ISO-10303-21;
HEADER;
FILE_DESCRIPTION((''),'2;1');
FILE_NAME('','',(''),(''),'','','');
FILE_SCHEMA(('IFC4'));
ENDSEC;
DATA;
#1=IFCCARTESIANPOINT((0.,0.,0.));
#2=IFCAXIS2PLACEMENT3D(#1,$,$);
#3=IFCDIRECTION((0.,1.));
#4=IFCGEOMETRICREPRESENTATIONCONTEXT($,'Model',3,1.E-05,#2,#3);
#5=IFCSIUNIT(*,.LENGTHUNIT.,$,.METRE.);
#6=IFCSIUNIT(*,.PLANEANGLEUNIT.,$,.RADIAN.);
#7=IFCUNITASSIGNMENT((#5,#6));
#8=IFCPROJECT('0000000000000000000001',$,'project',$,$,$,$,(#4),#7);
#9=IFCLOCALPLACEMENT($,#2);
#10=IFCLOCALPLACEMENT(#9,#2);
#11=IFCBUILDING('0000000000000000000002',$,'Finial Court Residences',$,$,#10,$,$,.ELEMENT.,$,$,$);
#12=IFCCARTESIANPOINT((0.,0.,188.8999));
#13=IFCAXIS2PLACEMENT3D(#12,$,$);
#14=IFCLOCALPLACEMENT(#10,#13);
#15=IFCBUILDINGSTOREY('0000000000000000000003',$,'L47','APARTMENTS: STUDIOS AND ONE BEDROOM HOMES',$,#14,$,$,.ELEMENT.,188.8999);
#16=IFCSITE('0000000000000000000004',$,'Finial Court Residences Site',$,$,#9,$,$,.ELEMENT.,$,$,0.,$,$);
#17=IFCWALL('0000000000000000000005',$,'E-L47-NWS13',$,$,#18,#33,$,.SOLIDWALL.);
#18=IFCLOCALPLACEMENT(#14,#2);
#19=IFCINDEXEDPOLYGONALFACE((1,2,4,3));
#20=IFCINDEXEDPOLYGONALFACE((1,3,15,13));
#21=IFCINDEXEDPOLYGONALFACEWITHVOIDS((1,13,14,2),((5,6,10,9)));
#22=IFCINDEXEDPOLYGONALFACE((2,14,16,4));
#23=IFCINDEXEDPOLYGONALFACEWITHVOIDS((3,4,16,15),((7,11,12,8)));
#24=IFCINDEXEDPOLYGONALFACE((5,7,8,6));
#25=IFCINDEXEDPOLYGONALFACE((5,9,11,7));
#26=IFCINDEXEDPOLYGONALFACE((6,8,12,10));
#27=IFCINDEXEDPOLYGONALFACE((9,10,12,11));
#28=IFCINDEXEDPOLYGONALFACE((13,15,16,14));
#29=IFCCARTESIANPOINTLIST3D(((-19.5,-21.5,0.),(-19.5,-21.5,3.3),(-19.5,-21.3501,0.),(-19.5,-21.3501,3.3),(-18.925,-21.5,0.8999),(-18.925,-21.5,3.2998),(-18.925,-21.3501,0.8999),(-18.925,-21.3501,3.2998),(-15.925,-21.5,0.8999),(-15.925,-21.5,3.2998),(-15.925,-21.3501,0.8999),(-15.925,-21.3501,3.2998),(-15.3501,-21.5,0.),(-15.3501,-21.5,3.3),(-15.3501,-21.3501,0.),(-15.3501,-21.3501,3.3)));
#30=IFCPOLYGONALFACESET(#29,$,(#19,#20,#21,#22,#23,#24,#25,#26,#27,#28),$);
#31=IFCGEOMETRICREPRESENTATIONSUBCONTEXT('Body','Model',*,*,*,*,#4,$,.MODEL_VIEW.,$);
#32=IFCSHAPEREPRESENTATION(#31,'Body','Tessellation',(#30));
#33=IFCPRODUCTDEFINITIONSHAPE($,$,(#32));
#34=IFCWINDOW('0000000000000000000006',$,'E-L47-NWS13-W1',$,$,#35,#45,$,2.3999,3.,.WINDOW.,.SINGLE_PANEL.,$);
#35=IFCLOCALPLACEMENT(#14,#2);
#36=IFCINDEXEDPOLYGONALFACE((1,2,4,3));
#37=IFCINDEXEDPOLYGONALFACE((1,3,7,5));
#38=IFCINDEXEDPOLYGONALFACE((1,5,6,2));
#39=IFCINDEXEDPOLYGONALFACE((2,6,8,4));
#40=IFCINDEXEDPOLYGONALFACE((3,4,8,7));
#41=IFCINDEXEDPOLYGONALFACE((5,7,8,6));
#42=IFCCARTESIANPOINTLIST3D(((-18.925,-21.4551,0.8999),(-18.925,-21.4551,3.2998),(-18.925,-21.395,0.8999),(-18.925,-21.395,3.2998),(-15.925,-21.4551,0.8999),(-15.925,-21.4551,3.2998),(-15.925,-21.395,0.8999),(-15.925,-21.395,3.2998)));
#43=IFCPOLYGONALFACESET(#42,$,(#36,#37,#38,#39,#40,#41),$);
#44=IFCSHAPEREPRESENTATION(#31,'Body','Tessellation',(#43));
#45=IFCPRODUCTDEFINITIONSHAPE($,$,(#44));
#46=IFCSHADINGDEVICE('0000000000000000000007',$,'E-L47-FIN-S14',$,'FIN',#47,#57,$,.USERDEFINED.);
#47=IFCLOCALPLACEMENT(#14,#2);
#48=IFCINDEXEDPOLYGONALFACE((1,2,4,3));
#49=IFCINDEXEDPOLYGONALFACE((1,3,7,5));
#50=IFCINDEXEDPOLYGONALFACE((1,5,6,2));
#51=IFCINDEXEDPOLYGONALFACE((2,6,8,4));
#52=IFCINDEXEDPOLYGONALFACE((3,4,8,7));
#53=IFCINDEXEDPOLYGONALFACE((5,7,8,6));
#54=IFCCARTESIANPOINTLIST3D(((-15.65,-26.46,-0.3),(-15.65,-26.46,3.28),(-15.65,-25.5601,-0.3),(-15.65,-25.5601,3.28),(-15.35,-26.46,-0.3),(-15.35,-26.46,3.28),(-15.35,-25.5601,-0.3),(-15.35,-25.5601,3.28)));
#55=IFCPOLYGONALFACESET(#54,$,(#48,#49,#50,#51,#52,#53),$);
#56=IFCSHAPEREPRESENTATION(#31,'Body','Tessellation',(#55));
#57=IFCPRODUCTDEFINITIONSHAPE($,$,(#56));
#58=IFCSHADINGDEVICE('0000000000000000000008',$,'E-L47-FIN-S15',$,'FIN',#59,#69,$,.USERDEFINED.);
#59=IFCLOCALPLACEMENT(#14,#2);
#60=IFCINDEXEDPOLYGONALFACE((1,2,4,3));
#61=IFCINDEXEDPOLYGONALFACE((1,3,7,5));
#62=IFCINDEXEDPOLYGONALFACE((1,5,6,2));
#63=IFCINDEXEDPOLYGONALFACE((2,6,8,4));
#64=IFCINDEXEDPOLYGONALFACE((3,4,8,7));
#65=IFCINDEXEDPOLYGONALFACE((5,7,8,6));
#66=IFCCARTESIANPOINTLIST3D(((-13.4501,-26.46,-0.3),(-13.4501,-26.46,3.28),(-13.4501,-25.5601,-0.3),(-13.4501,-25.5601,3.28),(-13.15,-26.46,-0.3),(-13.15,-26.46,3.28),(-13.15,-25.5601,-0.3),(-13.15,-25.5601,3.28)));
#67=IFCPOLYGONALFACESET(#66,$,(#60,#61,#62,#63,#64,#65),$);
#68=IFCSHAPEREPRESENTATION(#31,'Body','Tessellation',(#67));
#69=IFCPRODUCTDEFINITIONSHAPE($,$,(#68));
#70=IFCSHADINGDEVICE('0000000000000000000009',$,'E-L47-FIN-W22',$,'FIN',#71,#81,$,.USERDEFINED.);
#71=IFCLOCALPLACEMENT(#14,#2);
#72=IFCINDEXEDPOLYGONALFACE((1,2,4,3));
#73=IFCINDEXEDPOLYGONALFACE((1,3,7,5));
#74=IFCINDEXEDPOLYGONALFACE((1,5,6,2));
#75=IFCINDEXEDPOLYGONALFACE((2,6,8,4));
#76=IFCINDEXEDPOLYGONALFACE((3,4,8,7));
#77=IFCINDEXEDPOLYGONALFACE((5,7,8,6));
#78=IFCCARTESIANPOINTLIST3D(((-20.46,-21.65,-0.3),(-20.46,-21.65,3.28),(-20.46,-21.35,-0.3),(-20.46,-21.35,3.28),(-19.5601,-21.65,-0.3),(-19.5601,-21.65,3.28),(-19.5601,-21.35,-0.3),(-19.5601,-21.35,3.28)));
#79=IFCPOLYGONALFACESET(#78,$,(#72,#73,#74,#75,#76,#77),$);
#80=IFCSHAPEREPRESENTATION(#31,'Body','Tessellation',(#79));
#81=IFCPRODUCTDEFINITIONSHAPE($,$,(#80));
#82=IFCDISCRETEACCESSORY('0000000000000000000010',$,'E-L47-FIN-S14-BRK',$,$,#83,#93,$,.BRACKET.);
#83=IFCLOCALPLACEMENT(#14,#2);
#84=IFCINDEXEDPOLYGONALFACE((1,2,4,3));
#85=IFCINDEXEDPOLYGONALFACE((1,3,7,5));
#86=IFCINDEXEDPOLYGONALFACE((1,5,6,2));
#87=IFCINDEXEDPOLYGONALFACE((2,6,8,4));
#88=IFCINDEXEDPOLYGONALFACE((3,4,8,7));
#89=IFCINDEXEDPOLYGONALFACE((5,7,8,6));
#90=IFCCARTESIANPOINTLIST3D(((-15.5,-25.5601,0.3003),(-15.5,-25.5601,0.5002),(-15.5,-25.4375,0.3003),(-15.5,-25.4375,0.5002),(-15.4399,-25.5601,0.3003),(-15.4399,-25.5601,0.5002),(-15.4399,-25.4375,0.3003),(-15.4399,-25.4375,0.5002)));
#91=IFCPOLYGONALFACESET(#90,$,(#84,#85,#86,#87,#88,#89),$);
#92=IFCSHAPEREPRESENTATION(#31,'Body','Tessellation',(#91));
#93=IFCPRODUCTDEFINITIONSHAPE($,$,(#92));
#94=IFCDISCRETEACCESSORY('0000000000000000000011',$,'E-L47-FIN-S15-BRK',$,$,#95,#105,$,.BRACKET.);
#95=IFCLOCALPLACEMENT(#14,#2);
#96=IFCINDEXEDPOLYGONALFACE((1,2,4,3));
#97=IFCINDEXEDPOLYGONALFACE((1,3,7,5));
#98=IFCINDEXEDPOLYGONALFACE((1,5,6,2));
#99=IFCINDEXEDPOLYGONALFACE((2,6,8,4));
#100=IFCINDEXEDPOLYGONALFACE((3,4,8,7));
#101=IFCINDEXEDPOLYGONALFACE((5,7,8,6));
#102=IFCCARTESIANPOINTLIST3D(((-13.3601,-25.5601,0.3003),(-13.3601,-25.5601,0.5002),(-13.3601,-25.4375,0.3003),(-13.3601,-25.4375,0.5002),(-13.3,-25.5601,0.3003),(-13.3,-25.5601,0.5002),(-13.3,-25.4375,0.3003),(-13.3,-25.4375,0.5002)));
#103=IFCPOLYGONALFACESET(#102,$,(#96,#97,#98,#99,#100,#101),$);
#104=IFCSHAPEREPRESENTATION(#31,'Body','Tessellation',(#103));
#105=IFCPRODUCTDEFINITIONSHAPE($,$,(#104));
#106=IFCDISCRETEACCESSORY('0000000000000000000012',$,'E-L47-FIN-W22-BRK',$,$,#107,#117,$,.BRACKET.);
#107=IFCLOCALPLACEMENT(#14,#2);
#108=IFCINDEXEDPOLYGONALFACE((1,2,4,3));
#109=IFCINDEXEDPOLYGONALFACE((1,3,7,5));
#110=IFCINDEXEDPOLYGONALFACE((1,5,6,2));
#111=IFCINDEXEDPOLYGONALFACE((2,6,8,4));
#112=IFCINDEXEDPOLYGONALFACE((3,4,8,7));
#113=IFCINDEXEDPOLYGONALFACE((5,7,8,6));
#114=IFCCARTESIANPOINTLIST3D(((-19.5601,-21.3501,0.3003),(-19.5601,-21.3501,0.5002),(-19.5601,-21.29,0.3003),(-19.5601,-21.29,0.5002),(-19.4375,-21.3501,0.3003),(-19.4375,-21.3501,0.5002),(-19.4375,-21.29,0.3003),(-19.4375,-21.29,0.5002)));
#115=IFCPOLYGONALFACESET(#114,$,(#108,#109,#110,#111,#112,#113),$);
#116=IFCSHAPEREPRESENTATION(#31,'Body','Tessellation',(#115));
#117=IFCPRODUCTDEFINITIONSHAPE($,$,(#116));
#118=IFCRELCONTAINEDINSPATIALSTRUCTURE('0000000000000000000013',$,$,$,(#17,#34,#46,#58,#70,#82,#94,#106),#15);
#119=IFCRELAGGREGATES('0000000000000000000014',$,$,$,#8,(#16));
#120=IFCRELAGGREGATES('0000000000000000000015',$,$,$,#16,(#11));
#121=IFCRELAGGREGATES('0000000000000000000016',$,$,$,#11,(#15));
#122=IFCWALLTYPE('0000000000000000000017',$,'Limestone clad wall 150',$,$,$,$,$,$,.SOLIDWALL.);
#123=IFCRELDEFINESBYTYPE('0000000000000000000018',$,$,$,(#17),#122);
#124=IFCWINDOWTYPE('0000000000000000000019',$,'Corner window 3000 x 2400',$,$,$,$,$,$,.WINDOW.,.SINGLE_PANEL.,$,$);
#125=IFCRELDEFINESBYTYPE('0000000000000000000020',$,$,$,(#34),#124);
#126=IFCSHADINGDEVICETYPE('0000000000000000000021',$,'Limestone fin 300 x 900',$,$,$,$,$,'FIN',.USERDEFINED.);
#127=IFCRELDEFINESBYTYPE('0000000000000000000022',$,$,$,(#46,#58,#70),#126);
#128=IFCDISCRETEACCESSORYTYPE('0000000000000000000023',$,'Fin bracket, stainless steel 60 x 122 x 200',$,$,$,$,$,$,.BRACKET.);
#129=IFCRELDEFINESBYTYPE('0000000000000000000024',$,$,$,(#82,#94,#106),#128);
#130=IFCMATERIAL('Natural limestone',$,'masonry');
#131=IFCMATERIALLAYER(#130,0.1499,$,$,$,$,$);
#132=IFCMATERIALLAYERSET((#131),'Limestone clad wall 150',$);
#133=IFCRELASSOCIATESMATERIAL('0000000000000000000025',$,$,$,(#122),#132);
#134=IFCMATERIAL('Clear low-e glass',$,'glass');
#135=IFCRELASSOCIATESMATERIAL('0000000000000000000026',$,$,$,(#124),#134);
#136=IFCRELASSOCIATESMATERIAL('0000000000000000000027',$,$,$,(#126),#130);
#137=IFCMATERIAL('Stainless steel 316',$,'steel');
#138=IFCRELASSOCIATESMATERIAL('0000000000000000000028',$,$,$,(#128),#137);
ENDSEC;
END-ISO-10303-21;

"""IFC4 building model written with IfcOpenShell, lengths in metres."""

from ifc_helpers import new_model, si_unit, direction, frame, frame_2d, origin, origin_2d, place, context, subcontext, project, spatial, rectangle, extrude, material, layer, layer_set, type_object, element, fill, save


model = new_model("IFC4")

# Units and contexts
model_context = context("Model", 3, precision=1e-05, world=origin(), true_north=direction((0.0, 1.0)))
body_context = subcontext(model_context, "Body", "Model", "MODEL_VIEW")
ifc_project = project(units=[si_unit("LENGTHUNIT", "METRE"), si_unit("PLANEANGLEUNIT", "RADIAN")], contexts=[model_context])

# Site, building, storey
site_placement = place(None, origin())
site = spatial("IfcSite", under=ifc_project, at=site_placement, Name="Finial Court Residences Site", CompositionType="ELEMENT", RefElevation=0.0)
building_placement = place(site_placement, origin())
building = spatial("IfcBuilding", under=site, at=building_placement, Name="Finial Court Residences", CompositionType="ELEMENT")
storey_placement = place(building_placement, frame((0.0, 0.0, 188.8999)))
storey = spatial("IfcBuildingStorey", under=building, at=storey_placement, Name="L47", Description="APARTMENTS: STUDIOS AND ONE BEDROOM HOMES", CompositionType="ELEMENT", Elevation=188.8999)

# Shared definitions
ifc_material_1 = material(Name="Clear low-e glass", Category="glass")

# Wall, opening, window
ifc_material_2 = material(Name="Natural limestone", Category="masonry")
ifc_layer_1 = layer(ifc_material_2, 0.1499)
ifc_layer_set_1 = layer_set([ifc_layer_1], Name="Limestone clad wall 150")
wall_type_1 = type_object("IfcWallType", Name="Limestone clad wall 150", PredefinedType="SOLIDWALL", material=ifc_layer_set_1)
wall_1_placement = place(storey_placement, frame((-15.3501, -21.425, 0.0), z_axis=(0.0, 0.0, 1.0), x_axis=(-1.0, 0.0, 0.0)))
wall_1 = element("IfcWall", 1, at=wall_1_placement, inside=storey, type_object=wall_type_1, Name="E-L47-NWS13", PredefinedType="SOLIDWALL", context=body_context, shape_type="SweptSolid", body=[
    extrude(rectangle(XDim=4.1499, YDim=0.1499, at=frame_2d((2.075, 0.0))), origin(), (0.0, 0.0, 1.0), 3.3),
])
opening_1_placement = place(wall_1_placement, frame((0.575, 0.0, 0.8999)))
opening_1 = element("IfcOpeningElement", 2, at=opening_1_placement, cuts=wall_1, PredefinedType="OPENING", context=body_context, shape_type="SweptSolid", body=[
    extrude(rectangle(XDim=3.0, YDim=2.3999, at=frame_2d((1.5, 1.2))), frame((0.0, 0.085, 0.0), z_axis=(0.0, -1.0, 0.0), x_axis=(1.0, 0.0, 0.0)), (0.0, 0.0, 1.0), 0.1699),
])
window_type_1 = type_object("IfcWindowType", Name="Corner window 3000 x 2400", PartitioningType="SINGLE_PANEL", PredefinedType="WINDOW", material=ifc_material_1)
window_1_placement = place(opening_1_placement, origin())
window_1 = element("IfcWindow", 3, at=window_1_placement, inside=storey, type_object=window_type_1, Name="E-L47-NWS13-W1", OverallHeight=2.3999, OverallWidth=3.0, PartitioningType="SINGLE_PANEL", PredefinedType="WINDOW", context=body_context, shape_type="SweptSolid", body=[
    extrude(rectangle(XDim=3.0, YDim=2.3999, at=frame_2d((1.5, 1.2))), frame((0.0, 0.03, 0.0), z_axis=(0.0, -1.0, 0.0), x_axis=(1.0, 0.0, 0.0)), (0.0, 0.0, 1.0), 0.0601),
])
fill(opening_1, window_1)

# Shading devices
shading_device_type = type_object("IfcShadingDeviceType", Name="Limestone fin 300 x 900", ElementType="FIN", PredefinedType="USERDEFINED", material=ifc_material_2)
for number, where, z_axis, x_axis, name in (
    (4, (-15.5, -26.01, -0.3), (0.0, 0.0, 1.0), (1.0, 0.0, 0.0), "E-L47-FIN-S14"),
    (5, (-13.3, -26.01, -0.3), (0.0, 0.0, 1.0), (1.0, 0.0, 0.0), "E-L47-FIN-S15"),
):
    element("IfcShadingDevice", number, at=place(storey_placement, frame(where, z_axis=z_axis, x_axis=x_axis)), inside=storey, type_object=shading_device_type, Name=name, ObjectType="FIN", PredefinedType="USERDEFINED", context=body_context, shape_type="SweptSolid", body=[
        extrude(rectangle(XDim=0.3, YDim=0.8999, at=origin_2d()), origin(), (0.0, 0.0, 1.0), 3.5801),
    ])
shading_device_placement = place(storey_placement, frame((-20.01, -21.5, -0.3), z_axis=(0.0, 0.0, 1.0), x_axis=(1.0, 0.0, 0.0)))
element("IfcShadingDevice", 6, at=shading_device_placement, inside=storey, type_object=shading_device_type, Name="E-L47-FIN-W22", ObjectType="FIN", PredefinedType="USERDEFINED", context=body_context, shape_type="SweptSolid", body=[
    extrude(rectangle(XDim=0.8999, YDim=0.3, at=origin_2d()), origin(), (0.0, 0.0, 1.0), 3.5801),
])

# Discrete accessories
ifc_material_3 = material(Name="Stainless steel 316", Category="steel")
discrete_accessory_type = type_object("IfcDiscreteAccessoryType", Name="Fin bracket, stainless steel 60 x 122 x 200", PredefinedType="BRACKET", material=ifc_material_3)
for number, where, z_axis, x_axis, name in (
    (7, (-15.47, -25.4988, 0.3003), (0.0, 0.0, 1.0), (1.0, 0.0, 0.0), "E-L47-FIN-S14-BRK"),
    (8, (-13.3301, -25.4988, 0.3003), (0.0, 0.0, 1.0), (1.0, 0.0, 0.0), "E-L47-FIN-S15-BRK"),
):
    element("IfcDiscreteAccessory", number, at=place(storey_placement, frame(where, z_axis=z_axis, x_axis=x_axis)), inside=storey, type_object=discrete_accessory_type, Name=name, PredefinedType="BRACKET", context=body_context, shape_type="SweptSolid", body=[
        extrude(rectangle(XDim=0.0601, YDim=0.1226, at=origin_2d()), origin(), (0.0, 0.0, 1.0), 0.2),
    ])
discrete_accessory_placement = place(storey_placement, frame((-19.4988, -21.3201, 0.3003), z_axis=(0.0, 0.0, 1.0), x_axis=(1.0, 0.0, 0.0)))
element("IfcDiscreteAccessory", 9, at=discrete_accessory_placement, inside=storey, type_object=discrete_accessory_type, Name="E-L47-FIN-W22-BRK", PredefinedType="BRACKET", context=body_context, shape_type="SweptSolid", body=[
    extrude(rectangle(XDim=0.1226, YDim=0.0601, at=origin_2d()), origin(), (0.0, 0.0, 1.0), 0.2),
])

save(model, "model.ifc")
